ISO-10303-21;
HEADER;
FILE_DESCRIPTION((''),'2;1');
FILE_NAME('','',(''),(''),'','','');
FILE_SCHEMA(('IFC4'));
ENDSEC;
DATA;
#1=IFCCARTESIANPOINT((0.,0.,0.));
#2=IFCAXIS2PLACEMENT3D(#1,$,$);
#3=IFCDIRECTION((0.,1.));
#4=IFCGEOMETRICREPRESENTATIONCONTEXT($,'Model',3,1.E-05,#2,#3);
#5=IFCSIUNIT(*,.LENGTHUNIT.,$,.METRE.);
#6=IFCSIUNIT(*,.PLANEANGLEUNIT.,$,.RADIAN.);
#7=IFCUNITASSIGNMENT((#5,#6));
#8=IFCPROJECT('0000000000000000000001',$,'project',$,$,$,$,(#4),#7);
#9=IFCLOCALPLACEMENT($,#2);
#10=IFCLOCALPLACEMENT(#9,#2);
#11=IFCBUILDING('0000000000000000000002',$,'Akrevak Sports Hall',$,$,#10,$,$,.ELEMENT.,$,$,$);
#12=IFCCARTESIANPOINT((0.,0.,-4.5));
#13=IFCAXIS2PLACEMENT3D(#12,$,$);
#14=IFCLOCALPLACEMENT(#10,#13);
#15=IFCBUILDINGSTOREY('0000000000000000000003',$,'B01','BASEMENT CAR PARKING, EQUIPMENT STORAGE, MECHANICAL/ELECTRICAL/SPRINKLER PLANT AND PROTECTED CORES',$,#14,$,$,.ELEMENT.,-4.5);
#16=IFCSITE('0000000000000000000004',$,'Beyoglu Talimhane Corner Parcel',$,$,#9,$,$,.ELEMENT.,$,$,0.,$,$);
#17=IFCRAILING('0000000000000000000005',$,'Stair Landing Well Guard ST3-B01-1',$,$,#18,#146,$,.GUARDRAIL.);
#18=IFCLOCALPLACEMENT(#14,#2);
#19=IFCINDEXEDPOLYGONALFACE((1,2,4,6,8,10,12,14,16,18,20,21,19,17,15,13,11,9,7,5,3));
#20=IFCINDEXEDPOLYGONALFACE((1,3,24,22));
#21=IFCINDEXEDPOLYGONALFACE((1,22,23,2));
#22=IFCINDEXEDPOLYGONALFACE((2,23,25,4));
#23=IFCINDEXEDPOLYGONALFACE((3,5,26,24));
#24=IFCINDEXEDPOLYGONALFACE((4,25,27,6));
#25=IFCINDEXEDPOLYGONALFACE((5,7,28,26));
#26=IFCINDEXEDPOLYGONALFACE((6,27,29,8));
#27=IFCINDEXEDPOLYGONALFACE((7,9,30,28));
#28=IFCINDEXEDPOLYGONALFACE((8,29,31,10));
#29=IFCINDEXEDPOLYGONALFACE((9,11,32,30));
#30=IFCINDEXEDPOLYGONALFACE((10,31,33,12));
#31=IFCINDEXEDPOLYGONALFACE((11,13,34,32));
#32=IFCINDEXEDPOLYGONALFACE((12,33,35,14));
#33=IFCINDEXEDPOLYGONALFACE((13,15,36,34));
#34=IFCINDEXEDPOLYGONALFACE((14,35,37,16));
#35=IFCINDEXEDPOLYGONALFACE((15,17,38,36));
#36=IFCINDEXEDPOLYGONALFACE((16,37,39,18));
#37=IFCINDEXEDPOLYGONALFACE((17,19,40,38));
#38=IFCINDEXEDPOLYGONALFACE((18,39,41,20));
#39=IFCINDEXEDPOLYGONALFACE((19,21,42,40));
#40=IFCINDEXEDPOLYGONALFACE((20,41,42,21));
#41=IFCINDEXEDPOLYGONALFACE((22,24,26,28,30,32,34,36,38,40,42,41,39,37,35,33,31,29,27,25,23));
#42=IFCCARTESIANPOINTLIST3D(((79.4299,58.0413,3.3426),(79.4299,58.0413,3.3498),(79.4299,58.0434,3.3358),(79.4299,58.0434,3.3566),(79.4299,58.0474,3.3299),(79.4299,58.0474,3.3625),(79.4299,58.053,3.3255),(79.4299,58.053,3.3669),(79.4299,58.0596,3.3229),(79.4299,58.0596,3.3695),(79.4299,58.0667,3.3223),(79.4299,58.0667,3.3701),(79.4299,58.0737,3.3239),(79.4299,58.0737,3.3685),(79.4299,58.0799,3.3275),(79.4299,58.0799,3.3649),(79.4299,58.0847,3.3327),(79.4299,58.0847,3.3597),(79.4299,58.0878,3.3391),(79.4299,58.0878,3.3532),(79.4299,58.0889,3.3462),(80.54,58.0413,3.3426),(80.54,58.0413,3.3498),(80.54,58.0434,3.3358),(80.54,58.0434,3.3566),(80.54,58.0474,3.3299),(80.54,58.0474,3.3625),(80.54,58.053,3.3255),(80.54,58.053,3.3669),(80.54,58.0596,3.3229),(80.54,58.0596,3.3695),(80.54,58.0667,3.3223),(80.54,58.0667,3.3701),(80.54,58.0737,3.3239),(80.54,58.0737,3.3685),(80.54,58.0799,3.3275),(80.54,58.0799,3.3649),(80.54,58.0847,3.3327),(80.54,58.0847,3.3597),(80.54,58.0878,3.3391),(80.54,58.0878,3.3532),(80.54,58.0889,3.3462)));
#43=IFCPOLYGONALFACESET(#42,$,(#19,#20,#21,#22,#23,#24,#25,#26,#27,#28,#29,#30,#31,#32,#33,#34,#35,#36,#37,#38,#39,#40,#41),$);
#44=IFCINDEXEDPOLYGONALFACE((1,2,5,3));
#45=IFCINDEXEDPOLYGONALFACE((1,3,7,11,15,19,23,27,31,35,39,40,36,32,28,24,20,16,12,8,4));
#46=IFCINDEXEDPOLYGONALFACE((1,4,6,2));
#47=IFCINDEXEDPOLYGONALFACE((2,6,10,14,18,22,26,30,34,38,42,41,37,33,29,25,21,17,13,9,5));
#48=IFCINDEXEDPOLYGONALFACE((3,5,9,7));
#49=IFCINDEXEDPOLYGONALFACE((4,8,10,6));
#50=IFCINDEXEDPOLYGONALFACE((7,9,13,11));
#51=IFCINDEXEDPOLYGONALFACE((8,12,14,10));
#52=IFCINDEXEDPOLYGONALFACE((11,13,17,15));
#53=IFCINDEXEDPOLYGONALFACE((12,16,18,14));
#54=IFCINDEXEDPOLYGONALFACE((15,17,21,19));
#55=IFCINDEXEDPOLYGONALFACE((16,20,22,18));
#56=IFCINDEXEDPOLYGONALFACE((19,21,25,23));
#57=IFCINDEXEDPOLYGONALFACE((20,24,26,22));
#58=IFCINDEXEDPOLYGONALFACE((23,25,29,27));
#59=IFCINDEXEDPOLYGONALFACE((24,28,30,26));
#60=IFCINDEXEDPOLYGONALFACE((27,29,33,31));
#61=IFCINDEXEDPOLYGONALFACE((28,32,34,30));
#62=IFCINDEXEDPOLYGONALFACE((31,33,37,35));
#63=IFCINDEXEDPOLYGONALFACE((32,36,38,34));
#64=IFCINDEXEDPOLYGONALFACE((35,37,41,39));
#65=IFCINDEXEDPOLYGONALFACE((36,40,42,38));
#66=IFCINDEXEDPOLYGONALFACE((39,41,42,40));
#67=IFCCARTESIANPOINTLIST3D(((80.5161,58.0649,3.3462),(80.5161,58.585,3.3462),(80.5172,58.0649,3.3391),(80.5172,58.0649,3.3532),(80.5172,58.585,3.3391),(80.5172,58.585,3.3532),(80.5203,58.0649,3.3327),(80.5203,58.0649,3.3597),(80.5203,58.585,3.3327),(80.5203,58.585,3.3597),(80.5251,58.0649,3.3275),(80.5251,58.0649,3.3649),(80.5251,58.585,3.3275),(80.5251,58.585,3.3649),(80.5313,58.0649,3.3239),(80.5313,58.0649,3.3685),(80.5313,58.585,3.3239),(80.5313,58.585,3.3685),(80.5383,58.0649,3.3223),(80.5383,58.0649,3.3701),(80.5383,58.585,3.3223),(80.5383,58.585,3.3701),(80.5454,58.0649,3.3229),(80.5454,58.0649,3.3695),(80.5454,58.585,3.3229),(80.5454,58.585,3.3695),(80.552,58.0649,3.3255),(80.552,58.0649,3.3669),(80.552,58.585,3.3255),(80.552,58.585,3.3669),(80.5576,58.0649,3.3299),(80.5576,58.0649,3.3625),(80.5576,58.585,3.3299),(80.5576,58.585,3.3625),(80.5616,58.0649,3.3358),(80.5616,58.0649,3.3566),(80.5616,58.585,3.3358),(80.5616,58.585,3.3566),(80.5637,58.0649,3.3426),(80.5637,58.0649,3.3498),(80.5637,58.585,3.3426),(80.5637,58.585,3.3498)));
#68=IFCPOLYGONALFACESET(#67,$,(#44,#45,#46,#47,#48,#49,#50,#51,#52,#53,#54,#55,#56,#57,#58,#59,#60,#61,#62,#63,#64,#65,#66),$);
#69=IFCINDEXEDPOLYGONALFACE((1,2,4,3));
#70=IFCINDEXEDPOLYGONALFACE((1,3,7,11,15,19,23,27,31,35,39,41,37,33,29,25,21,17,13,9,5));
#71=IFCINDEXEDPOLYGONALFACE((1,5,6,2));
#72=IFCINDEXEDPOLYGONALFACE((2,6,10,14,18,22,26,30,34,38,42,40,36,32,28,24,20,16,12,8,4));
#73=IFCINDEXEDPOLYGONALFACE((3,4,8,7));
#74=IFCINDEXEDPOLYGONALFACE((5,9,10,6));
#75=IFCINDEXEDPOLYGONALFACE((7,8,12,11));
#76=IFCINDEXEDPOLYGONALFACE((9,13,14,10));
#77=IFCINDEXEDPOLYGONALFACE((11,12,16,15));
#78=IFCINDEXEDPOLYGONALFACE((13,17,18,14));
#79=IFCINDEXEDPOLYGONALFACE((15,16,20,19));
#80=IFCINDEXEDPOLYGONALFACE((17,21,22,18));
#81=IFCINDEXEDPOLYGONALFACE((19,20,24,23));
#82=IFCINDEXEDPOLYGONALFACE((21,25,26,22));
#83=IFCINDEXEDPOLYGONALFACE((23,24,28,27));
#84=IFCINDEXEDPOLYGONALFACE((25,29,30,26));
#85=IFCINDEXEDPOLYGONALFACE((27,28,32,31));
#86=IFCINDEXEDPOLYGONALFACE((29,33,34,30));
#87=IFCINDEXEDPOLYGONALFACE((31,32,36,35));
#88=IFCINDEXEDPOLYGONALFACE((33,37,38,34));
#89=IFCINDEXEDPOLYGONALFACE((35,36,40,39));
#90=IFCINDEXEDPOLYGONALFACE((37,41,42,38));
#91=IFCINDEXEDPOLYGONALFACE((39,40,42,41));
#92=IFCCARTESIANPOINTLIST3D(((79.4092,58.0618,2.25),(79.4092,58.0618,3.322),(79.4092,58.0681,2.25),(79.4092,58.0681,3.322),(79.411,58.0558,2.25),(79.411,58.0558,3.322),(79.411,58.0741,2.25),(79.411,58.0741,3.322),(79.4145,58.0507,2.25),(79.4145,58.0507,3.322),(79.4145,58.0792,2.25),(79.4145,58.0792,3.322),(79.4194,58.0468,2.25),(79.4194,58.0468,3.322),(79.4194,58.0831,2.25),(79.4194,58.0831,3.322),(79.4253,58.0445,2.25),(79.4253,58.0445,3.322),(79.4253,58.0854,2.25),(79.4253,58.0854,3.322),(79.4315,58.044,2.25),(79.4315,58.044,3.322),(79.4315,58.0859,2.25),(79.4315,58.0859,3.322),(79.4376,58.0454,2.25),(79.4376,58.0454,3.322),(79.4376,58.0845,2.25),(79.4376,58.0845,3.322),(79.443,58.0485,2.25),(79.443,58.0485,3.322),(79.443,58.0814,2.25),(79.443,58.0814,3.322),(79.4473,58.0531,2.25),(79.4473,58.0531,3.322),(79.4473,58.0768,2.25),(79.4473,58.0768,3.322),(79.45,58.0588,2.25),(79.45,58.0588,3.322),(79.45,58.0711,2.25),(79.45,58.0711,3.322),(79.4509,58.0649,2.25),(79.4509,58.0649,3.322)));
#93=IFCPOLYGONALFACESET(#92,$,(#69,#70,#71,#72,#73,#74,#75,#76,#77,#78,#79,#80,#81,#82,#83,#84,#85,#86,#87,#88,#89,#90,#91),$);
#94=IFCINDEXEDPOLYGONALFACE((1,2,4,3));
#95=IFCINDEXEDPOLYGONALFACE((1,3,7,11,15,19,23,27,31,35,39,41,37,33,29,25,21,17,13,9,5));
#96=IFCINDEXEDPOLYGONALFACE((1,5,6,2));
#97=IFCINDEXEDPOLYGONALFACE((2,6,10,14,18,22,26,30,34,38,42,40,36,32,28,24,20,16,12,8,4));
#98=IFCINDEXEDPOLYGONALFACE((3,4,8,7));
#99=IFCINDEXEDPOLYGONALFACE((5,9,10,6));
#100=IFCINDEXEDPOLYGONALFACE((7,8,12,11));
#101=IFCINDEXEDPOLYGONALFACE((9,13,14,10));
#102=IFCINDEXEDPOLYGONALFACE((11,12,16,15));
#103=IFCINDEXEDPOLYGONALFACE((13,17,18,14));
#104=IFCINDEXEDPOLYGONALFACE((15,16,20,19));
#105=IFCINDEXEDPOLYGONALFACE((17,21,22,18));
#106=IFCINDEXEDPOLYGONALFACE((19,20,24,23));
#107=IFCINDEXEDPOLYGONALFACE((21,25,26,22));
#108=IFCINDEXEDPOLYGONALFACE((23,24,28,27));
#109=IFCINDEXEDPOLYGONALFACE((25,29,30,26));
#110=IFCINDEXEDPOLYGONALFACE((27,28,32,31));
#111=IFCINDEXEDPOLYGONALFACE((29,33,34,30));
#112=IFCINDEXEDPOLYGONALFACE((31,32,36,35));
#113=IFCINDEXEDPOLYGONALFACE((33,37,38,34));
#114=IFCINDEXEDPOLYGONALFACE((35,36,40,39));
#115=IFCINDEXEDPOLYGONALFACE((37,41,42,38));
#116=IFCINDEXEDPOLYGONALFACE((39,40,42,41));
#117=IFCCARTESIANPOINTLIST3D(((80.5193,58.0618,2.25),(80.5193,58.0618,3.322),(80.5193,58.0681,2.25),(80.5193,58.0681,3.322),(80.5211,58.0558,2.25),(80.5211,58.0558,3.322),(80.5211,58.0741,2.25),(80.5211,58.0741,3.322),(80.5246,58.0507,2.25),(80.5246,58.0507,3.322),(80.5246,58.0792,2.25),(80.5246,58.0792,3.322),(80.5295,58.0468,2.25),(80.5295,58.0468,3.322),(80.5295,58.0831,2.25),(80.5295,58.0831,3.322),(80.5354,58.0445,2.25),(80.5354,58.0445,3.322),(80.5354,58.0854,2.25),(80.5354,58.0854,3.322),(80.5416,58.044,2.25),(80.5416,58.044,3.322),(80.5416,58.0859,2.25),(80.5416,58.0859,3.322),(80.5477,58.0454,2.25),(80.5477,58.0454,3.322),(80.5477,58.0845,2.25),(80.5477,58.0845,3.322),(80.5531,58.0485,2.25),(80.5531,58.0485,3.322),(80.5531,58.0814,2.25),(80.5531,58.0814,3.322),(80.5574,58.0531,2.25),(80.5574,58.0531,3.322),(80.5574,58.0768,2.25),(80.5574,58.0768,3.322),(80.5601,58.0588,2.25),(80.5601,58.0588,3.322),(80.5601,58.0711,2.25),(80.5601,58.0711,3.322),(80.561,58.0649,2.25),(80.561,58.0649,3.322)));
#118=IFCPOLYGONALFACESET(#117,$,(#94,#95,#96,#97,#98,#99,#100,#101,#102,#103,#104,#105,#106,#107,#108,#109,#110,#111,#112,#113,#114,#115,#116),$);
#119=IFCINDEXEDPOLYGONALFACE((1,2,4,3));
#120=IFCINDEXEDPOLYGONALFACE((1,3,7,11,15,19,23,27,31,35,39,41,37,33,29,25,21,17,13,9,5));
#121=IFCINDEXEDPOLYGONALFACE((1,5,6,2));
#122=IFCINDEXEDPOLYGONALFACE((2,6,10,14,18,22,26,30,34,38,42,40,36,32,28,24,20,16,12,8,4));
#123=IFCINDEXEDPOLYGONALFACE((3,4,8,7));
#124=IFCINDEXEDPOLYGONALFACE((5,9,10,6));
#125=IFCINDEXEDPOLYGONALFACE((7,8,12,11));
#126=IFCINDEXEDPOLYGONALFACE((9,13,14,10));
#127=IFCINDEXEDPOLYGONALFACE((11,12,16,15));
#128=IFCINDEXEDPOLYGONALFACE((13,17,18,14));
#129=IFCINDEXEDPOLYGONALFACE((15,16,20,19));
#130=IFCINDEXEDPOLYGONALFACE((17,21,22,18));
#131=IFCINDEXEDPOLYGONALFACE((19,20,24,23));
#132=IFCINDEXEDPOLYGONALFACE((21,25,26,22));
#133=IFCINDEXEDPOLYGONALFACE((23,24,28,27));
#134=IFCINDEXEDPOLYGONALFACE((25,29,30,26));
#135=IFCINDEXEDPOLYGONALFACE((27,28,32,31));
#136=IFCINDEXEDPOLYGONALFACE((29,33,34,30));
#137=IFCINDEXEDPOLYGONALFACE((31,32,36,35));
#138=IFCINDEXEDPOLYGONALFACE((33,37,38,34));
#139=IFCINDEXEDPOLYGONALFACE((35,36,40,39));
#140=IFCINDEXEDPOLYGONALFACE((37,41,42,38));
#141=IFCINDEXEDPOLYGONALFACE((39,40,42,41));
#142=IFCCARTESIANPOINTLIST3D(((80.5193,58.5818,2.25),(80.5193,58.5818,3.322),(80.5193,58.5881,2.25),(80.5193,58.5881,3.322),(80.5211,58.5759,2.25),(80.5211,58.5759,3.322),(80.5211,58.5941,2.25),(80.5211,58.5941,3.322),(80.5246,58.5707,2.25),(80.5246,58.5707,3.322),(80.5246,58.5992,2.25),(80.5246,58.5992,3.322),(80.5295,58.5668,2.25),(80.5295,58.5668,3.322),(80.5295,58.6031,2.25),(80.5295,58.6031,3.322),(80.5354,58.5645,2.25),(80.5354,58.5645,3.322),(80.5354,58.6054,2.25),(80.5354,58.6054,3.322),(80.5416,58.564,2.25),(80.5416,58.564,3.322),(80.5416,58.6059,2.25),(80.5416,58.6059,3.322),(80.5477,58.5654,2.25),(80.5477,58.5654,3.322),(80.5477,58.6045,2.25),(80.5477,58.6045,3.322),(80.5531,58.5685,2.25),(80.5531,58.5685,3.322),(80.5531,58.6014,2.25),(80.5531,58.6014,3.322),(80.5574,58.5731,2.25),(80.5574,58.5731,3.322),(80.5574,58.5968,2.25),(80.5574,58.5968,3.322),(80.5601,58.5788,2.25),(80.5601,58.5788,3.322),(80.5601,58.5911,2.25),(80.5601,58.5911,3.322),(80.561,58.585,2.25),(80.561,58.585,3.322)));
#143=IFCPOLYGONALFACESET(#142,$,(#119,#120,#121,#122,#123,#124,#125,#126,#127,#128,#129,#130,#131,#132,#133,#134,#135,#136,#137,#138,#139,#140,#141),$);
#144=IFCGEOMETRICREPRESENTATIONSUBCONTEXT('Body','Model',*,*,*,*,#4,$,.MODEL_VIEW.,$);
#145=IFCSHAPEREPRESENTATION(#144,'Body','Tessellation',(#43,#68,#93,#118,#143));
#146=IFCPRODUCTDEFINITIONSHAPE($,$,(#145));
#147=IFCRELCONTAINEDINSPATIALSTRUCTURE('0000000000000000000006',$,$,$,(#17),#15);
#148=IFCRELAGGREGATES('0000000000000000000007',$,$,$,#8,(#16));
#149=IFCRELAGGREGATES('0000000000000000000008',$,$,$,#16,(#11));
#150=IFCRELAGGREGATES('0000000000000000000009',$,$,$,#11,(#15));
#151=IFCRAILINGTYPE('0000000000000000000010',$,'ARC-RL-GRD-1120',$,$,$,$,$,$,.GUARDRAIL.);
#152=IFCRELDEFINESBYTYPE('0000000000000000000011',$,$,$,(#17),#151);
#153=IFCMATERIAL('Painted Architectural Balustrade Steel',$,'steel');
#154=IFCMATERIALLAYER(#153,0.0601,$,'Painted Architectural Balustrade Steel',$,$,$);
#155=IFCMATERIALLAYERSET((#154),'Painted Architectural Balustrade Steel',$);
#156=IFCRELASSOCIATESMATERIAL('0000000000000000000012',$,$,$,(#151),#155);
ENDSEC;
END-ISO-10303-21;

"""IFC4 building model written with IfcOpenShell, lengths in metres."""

from ifc_helpers import new_model, si_unit, direction, frame, origin, origin_2d, place, context, subcontext, project, spatial, circle, extrude, material, layer, layer_set, type_object, element, save


model = new_model("IFC4")

# Units and contexts
model_context = context("Model", 3, precision=1e-05, world=origin(), true_north=direction((0.0, 1.0)))
body_context = subcontext(model_context, "Body", "Model", "MODEL_VIEW")
ifc_project = project(units=[si_unit("LENGTHUNIT", "METRE"), si_unit("PLANEANGLEUNIT", "RADIAN")], contexts=[model_context])

# Site, building, storey
site_placement = place(None, origin())
site = spatial("IfcSite", under=ifc_project, at=site_placement, Name="Beyoglu Talimhane Corner Parcel", CompositionType="ELEMENT", RefElevation=0.0)
building_placement = place(site_placement, origin())
building = spatial("IfcBuilding", under=site, at=building_placement, Name="Akrevak Sports Hall", CompositionType="ELEMENT")
storey_placement = place(building_placement, frame((0.0, 0.0, -4.5)))
storey = spatial("IfcBuildingStorey", under=building, at=storey_placement, Name="B01", Description="BASEMENT CAR PARKING, EQUIPMENT STORAGE, MECHANICAL/ELECTRICAL/SPRINKLER PLANT AND PROTECTED CORES", CompositionType="ELEMENT", Elevation=-4.5)

# Railing
ifc_material_1 = material(Name="Painted Architectural Balustrade Steel", Category="steel")
ifc_layer_1 = layer(ifc_material_1, 0.0601, Name="Painted Architectural Balustrade Steel")
ifc_layer_set_1 = layer_set([ifc_layer_1], Name="Painted Architectural Balustrade Steel")
railing_type_1 = type_object("IfcRailingType", Name="ARC-RL-GRD-1120", PredefinedType="GUARDRAIL", material=ifc_layer_set_1)
railing_1_placement = place(storey_placement, frame((79.4299, 58.0649, 2.25)))
element("IfcRailing", 1, at=railing_1_placement, inside=storey, type_object=railing_type_1, Name="Stair Landing Well Guard ST3-B01-1", PredefinedType="GUARDRAIL", context=body_context, shape_type="SweptSolid", body=[
    extrude(circle(Radius=0.0239, at=origin_2d()), frame((0.0, 0.0, 1.0962), z_axis=(1.0, 0.0, 0.0), x_axis=(0.0, 1.0, 0.0)), (0.0, 0.0, 1.0), 1.1101),
    extrude(circle(Radius=0.0239, at=origin_2d()), frame((1.1101, 0.0, 1.0962), z_axis=(0.0, 1.0, 0.0), x_axis=(-1.0, 0.0, 0.0)), (0.0, 0.0, 1.0), 0.52),
    extrude(circle(Radius=0.021, at=origin_2d()), origin(), (0.0, 0.0, 1.0), 1.072),
    extrude(circle(Radius=0.021, at=origin_2d()), frame((1.1101, 0.0, 0.0)), (0.0, 0.0, 1.0), 1.072),
    extrude(circle(Radius=0.021, at=origin_2d()), frame((1.1101, 0.52, 0.0)), (0.0, 0.0, 1.0), 1.072),
])

save(model, "model.ifc")
